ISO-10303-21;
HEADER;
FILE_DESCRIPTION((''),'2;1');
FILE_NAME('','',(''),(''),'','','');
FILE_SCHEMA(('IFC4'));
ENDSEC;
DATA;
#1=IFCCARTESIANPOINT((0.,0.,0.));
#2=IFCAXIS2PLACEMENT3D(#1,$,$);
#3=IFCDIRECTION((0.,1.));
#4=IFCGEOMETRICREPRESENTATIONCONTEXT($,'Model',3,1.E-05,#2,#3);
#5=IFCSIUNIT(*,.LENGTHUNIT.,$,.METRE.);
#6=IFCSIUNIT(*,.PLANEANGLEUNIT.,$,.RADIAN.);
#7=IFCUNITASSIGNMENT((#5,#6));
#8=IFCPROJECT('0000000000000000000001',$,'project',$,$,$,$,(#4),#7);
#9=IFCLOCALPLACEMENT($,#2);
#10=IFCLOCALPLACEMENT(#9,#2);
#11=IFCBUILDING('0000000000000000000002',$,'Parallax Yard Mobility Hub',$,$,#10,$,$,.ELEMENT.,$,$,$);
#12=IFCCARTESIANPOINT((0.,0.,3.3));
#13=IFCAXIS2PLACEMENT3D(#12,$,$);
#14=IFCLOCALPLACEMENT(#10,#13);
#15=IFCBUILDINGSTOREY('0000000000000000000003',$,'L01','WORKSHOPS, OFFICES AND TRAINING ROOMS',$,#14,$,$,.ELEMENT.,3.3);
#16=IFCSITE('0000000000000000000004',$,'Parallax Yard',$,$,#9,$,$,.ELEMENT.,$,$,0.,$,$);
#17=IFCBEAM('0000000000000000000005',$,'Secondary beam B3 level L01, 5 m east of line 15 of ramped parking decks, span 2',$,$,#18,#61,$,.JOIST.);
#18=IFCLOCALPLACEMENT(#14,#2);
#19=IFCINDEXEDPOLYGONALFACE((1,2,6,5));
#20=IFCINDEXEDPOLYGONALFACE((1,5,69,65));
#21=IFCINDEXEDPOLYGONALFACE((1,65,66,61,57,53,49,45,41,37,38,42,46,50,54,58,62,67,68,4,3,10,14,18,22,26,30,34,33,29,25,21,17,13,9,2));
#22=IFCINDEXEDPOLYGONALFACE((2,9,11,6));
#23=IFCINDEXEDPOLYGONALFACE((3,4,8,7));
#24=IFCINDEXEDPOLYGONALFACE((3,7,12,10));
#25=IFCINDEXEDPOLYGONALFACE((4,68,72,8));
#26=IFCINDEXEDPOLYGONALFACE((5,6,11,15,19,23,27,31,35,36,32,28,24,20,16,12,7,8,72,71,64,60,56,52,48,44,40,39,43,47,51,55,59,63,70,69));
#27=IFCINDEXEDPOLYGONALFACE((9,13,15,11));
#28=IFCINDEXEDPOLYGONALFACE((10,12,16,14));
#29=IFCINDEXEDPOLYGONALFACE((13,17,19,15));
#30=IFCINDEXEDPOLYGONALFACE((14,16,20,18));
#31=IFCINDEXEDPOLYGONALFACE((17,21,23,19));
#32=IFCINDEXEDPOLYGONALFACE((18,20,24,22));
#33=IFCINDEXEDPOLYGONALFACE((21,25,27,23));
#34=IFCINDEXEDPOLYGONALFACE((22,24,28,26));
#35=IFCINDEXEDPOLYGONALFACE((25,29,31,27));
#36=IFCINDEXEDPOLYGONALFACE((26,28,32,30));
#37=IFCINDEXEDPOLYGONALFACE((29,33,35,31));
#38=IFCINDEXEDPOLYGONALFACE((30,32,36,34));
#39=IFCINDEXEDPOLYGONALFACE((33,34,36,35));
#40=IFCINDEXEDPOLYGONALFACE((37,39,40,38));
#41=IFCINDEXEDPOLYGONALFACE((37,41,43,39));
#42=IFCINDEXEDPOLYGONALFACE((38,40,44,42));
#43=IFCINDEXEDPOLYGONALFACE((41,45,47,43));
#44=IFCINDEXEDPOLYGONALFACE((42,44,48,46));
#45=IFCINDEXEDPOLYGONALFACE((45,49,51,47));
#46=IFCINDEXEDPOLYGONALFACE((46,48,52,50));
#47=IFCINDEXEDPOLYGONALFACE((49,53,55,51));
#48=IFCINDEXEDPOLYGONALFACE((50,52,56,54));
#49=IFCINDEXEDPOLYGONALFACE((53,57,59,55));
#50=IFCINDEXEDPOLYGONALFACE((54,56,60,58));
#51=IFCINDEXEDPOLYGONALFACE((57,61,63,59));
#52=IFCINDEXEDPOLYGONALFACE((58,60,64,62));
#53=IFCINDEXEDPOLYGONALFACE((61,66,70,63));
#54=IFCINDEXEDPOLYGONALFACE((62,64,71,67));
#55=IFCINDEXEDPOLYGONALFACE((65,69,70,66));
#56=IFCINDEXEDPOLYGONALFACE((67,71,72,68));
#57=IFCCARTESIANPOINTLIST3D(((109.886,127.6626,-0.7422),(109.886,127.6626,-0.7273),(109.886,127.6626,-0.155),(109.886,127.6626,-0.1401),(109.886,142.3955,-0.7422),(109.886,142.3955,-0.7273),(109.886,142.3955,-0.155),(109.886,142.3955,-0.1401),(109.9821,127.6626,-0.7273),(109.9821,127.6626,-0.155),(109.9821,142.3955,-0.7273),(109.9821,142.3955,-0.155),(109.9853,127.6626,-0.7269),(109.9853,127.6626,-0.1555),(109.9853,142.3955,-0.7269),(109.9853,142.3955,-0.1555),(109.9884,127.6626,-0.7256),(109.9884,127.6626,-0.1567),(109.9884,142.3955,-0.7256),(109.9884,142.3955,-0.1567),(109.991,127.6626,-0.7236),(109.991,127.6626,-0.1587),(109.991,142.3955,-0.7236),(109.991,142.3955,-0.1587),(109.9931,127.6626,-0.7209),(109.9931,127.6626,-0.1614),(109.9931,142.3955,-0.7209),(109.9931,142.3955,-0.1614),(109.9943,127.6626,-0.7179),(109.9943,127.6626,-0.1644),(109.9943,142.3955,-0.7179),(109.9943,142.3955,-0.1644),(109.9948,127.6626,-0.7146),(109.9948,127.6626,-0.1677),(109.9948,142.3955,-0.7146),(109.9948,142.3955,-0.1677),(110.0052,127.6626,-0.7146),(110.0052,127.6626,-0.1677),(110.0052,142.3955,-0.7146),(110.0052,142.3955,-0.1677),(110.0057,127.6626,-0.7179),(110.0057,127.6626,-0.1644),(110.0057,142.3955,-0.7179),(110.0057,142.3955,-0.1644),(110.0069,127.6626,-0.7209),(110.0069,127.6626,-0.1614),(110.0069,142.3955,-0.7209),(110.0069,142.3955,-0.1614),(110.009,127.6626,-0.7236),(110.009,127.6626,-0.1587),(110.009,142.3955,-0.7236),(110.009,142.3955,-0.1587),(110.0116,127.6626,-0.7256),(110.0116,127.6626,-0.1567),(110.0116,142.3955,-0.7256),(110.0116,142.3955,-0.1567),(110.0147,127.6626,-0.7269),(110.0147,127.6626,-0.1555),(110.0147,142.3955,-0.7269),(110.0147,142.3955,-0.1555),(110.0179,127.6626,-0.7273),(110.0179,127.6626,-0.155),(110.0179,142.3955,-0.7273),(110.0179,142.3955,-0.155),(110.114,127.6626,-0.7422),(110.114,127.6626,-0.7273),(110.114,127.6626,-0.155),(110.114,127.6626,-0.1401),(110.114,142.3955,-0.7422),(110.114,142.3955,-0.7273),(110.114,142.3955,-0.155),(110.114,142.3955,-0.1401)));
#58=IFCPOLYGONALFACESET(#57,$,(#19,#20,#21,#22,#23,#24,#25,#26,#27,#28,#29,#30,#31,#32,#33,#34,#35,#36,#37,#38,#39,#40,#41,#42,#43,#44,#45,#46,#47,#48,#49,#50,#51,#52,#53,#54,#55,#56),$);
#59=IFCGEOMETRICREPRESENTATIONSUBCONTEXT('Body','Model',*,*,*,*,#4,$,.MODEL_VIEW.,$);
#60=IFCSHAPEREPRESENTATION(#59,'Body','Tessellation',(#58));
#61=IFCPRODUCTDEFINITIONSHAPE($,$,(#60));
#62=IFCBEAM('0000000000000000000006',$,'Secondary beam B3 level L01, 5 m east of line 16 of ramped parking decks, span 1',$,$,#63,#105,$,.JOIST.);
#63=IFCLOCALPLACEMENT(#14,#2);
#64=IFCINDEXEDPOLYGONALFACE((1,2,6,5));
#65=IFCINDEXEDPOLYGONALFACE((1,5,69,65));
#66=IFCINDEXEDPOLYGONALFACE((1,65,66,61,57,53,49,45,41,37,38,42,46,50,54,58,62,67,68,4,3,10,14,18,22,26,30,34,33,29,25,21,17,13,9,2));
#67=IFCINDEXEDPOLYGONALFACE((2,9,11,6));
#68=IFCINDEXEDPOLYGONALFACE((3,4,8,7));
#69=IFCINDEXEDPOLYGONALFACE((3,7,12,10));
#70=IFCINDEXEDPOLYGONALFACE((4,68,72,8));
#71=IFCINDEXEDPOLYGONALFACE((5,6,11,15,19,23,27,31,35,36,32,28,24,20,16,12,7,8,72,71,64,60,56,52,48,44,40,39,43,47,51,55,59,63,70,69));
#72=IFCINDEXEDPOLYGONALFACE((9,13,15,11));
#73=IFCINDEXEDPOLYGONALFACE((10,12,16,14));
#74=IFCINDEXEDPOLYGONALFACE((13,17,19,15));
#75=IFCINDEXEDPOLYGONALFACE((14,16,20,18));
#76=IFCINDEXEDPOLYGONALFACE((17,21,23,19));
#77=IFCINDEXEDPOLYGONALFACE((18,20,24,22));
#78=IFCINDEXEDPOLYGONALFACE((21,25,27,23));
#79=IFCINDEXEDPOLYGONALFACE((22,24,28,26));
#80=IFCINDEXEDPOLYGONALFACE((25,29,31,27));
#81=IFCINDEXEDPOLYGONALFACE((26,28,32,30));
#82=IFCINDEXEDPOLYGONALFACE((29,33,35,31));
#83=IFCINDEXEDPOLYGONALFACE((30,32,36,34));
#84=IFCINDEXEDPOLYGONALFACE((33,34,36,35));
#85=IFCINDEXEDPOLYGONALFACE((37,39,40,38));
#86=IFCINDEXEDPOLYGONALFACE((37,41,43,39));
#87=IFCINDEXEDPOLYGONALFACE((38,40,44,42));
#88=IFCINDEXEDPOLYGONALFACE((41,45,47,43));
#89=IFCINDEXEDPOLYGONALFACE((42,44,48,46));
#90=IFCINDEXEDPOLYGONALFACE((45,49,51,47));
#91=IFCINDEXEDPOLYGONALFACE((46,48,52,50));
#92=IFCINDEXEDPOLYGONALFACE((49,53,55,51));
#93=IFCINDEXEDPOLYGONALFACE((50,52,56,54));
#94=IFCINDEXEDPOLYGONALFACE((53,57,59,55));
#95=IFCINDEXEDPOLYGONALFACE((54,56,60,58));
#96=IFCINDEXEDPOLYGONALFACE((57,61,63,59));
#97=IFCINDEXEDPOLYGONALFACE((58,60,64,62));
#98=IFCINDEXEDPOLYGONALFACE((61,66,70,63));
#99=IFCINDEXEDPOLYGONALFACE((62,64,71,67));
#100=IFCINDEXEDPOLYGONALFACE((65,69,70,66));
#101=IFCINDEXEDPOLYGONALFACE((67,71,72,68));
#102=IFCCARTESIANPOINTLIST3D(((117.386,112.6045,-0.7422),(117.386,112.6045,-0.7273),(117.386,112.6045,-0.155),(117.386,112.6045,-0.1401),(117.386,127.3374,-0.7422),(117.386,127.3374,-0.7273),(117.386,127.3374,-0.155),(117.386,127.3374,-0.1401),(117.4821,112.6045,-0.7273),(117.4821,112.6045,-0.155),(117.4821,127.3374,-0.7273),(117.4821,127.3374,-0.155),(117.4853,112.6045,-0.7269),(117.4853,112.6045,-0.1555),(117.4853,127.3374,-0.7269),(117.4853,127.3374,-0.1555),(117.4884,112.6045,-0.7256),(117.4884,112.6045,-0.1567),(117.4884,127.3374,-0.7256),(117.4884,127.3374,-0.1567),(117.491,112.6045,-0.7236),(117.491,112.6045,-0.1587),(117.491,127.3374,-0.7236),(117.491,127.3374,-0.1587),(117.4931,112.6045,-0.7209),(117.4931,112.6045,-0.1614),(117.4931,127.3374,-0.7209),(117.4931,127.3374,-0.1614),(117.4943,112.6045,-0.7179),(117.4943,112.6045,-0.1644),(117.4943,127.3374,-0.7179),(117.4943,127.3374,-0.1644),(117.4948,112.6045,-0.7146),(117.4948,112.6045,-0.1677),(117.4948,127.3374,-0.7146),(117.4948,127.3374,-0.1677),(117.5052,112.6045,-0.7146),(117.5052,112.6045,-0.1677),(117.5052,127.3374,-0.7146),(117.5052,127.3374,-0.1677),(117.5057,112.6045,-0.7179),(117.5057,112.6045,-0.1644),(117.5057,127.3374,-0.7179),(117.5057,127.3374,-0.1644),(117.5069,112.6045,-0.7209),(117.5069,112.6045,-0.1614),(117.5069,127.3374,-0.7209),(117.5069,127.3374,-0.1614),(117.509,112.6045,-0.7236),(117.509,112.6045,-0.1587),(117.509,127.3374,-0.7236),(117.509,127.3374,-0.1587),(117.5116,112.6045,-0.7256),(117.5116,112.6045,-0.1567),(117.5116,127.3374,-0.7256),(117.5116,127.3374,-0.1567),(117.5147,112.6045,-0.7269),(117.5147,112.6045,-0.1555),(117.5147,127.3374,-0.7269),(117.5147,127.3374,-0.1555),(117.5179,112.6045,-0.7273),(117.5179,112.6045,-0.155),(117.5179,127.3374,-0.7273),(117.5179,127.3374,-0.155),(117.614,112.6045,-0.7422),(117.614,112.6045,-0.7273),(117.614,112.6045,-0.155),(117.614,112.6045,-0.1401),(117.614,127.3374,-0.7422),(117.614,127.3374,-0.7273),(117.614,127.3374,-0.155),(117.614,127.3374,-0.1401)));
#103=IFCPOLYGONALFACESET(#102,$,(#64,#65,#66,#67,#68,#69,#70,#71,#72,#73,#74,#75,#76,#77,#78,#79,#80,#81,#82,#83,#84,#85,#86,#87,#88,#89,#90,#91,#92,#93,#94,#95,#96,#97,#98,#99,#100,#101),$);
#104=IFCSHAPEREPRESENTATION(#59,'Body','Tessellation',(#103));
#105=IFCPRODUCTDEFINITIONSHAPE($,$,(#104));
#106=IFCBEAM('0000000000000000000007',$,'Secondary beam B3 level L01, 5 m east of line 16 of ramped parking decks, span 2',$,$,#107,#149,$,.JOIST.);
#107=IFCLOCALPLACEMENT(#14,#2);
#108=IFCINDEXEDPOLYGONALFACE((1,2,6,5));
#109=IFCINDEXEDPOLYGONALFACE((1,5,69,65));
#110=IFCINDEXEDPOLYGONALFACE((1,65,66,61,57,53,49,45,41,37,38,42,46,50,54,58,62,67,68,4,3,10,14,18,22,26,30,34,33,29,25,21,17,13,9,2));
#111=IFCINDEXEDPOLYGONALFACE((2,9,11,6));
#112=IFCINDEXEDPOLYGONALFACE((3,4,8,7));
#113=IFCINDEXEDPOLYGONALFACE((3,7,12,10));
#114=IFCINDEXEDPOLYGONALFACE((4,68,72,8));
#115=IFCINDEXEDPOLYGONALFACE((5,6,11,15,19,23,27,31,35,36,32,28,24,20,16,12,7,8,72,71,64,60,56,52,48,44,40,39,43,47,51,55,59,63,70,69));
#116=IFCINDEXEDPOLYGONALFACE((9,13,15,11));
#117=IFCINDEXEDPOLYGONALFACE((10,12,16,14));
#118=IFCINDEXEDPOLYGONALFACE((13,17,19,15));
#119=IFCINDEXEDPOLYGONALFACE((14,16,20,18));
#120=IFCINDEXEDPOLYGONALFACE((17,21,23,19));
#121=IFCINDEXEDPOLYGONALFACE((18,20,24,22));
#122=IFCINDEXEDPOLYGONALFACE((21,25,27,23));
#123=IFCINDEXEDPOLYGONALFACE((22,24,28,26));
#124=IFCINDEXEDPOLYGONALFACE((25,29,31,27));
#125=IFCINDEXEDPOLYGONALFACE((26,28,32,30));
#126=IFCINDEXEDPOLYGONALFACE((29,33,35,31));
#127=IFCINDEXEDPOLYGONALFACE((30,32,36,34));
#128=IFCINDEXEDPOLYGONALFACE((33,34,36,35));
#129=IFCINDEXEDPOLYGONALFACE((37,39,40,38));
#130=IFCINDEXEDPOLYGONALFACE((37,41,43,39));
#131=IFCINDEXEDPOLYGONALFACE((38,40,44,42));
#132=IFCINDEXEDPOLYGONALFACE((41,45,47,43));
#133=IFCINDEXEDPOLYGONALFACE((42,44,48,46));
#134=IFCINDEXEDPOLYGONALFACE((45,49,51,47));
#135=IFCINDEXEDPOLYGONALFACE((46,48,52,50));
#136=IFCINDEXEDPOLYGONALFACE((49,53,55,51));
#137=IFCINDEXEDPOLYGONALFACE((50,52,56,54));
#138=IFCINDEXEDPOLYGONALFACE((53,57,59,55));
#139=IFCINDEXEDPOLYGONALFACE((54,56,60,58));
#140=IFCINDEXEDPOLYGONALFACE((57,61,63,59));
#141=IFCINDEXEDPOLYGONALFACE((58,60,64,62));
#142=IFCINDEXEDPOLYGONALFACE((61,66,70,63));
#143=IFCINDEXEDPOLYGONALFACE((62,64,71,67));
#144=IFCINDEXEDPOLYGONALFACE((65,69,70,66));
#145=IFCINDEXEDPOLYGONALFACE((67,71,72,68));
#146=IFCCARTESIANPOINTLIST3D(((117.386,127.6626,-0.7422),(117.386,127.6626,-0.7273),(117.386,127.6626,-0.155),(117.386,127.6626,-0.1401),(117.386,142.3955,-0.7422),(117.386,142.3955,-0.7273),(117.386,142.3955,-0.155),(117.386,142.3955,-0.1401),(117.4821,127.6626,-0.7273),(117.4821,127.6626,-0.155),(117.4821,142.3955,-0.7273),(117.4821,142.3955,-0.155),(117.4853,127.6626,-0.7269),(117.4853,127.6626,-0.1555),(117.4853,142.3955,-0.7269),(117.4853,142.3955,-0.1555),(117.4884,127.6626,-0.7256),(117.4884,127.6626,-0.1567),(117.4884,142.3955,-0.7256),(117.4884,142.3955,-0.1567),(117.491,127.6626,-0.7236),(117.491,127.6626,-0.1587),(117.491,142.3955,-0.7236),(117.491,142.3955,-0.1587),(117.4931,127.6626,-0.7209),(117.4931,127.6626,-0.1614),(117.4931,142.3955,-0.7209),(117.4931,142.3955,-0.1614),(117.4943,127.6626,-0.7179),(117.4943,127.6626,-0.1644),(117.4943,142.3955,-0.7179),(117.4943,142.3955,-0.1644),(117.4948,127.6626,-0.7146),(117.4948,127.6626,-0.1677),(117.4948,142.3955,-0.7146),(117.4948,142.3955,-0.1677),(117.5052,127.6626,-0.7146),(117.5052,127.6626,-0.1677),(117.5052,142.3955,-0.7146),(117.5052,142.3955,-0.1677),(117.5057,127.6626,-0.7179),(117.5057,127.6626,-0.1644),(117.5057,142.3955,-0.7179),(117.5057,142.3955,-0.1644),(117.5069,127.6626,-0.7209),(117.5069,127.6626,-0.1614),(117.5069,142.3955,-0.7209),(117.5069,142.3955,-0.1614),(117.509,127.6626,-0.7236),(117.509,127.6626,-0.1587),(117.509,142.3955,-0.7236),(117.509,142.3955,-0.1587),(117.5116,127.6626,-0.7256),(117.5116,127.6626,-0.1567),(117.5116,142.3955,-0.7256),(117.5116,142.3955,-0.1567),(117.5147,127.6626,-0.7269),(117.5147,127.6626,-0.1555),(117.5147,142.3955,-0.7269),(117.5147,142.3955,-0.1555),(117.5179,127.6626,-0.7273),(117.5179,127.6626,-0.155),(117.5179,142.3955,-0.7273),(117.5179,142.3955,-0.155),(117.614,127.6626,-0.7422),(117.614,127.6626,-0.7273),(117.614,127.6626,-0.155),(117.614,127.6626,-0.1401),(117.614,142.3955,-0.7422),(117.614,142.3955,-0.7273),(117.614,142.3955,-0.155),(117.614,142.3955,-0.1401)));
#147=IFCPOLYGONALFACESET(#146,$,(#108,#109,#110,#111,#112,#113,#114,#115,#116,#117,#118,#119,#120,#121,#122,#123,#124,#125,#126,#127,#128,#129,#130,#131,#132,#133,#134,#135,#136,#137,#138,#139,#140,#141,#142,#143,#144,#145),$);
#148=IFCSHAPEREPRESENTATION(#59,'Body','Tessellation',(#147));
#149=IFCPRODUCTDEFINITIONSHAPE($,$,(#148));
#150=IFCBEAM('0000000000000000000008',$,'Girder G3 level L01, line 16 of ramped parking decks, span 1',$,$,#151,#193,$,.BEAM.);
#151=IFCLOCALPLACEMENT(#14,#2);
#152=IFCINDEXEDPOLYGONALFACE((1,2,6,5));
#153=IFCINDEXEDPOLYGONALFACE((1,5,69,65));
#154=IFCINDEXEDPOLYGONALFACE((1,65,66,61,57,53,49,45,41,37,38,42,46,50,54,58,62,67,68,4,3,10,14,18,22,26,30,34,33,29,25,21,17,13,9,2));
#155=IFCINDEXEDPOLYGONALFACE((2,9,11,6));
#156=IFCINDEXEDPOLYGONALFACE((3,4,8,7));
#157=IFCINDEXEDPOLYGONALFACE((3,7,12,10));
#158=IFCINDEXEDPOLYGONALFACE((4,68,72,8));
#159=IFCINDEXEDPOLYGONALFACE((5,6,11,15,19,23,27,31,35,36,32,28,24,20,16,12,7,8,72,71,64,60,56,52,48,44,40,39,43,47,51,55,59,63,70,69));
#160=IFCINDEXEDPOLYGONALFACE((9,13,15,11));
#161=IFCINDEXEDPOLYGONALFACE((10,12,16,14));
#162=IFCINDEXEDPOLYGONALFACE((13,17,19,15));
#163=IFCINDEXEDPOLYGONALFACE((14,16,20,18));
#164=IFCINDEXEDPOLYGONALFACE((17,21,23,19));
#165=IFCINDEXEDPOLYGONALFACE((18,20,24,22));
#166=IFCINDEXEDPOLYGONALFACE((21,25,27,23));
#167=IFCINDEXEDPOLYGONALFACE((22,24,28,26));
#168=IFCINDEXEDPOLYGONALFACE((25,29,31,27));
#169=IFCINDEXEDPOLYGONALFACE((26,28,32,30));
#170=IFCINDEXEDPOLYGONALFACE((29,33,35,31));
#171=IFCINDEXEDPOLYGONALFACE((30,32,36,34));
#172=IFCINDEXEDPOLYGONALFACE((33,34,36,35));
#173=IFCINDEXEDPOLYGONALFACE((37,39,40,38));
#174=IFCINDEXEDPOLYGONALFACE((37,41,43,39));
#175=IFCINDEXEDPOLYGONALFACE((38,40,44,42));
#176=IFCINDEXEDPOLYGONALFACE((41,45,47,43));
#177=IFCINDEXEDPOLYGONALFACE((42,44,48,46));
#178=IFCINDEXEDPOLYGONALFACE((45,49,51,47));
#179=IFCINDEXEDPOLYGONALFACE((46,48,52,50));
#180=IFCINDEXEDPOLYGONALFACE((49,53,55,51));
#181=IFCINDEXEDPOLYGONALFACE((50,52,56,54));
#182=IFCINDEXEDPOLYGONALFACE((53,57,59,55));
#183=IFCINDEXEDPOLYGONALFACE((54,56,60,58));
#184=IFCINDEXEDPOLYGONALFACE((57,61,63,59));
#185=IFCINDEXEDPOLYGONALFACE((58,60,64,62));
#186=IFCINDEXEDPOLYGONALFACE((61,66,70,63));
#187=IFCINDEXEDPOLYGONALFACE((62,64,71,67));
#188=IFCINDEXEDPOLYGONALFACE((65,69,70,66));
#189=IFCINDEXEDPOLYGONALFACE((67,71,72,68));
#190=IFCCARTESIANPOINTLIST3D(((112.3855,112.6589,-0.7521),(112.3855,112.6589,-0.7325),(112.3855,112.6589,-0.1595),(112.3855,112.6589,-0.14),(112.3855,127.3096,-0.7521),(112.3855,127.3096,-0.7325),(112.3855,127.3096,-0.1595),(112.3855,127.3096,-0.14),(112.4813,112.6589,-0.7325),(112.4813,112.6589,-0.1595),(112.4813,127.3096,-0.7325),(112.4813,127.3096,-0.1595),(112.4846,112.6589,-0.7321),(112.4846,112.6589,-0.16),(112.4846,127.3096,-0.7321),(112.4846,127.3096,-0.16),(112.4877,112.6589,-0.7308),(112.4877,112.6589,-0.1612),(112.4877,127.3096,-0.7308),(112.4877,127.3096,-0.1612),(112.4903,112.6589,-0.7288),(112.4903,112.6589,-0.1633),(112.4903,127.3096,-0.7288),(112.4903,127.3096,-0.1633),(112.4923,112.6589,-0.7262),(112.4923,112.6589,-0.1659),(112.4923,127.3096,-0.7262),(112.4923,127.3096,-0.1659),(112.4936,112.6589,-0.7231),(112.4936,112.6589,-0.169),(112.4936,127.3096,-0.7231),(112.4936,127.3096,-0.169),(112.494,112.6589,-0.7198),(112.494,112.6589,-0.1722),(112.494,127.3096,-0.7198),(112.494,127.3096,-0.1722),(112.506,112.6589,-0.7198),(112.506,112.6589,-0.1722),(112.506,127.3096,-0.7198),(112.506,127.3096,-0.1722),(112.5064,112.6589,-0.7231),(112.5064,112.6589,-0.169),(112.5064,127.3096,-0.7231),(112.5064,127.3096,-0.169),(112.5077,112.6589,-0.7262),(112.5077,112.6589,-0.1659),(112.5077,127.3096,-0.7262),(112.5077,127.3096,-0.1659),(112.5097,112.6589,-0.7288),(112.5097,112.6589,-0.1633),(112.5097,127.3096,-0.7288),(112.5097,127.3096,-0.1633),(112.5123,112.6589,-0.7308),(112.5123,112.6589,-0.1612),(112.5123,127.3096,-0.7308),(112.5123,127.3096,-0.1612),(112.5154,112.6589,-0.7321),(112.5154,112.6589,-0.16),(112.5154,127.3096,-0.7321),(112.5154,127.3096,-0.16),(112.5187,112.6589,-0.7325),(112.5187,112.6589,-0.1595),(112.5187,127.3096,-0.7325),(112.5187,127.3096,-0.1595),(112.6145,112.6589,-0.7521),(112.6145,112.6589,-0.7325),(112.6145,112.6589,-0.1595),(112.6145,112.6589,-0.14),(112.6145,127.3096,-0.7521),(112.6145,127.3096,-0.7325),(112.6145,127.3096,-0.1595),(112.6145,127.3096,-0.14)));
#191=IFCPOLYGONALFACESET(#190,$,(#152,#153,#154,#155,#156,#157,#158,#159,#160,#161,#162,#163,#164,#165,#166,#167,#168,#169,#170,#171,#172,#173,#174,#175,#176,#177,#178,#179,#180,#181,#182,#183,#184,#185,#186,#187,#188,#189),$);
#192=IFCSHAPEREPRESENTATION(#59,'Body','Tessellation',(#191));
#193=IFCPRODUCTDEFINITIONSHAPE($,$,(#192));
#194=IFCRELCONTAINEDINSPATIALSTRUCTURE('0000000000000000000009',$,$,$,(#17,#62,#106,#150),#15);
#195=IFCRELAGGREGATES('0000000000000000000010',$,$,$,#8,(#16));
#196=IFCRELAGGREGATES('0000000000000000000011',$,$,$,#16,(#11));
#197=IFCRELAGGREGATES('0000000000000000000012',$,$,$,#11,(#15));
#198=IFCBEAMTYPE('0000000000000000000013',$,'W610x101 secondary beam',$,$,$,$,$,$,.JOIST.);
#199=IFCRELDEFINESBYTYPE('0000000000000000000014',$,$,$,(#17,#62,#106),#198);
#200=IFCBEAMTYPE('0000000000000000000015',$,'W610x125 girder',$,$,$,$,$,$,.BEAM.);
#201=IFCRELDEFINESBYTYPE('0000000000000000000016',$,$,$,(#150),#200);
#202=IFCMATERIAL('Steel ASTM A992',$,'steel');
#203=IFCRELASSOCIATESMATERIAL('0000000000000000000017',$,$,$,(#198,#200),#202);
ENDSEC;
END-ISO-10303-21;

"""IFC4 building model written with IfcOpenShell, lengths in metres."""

from ifc_helpers import new_model, si_unit, direction, frame, origin, origin_2d, place, context, subcontext, project, spatial, i_section, extrude, material, material_profile, profile_set, type_object, element, save


model = new_model("IFC4")

# Units and contexts
model_context = context("Model", 3, precision=1e-05, world=origin(), true_north=direction((0.0, 1.0)))
body_context = subcontext(model_context, "Body", "Model", "MODEL_VIEW")
ifc_project = project(units=[si_unit("LENGTHUNIT", "METRE"), si_unit("PLANEANGLEUNIT", "RADIAN")], contexts=[model_context])

# Site, building, storey
site_placement = place(None, origin())
site = spatial("IfcSite", under=ifc_project, at=site_placement, Name="Parallax Yard", CompositionType="ELEMENT", RefElevation=0.0)
building_placement = place(site_placement, origin())
building = spatial("IfcBuilding", under=site, at=building_placement, Name="Parallax Yard Mobility Hub", CompositionType="ELEMENT")
storey_placement = place(building_placement, frame((0.0, 0.0, 3.3)))
storey = spatial("IfcBuildingStorey", under=building, at=storey_placement, Name="L01", Description="WORKSHOPS, OFFICES AND TRAINING ROOMS", CompositionType="ELEMENT", Elevation=3.3)

# Shared definitions
ifc_material_1 = material(Name="Steel ASTM A992", Category="steel")

# Beams
ifc_material_profile_1 = material_profile(ifc_material_1, i_section(OverallWidth=0.228, OverallDepth=0.6021, WebThickness=0.0105, FlangeThickness=0.0149, FilletRadius=0.0127, at=origin_2d()), Name="W610x101")
ifc_profile_set_1 = profile_set([ifc_material_profile_1], Name="Steel ASTM A992")
beam_type_1 = type_object("IfcBeamType", Name="W610x101 secondary beam", PredefinedType="JOIST", material=ifc_profile_set_1)
for number, where, z_axis, x_axis, name in (
    (1, (110.0, 127.6626, -0.4412), (0.0, 1.0, 0.0), (-1.0, 0.0, 0.0), "Secondary beam B3 level L01, 5 m east of line 15 of ramped parking decks, span 2"),
    (2, (117.5, 112.6045, -0.4412), (0.0, 1.0, 0.0), (-1.0, 0.0, 0.0), "Secondary beam B3 level L01, 5 m east of line 16 of ramped parking decks, span 1"),
    (3, (117.5, 127.6626, -0.4412), (0.0, 1.0, 0.0), (-1.0, 0.0, 0.0), "Secondary beam B3 level L01, 5 m east of line 16 of ramped parking decks, span 2"),
):
    element("IfcBeam", number, at=place(storey_placement, frame(where, z_axis=z_axis, x_axis=x_axis)), inside=storey, type_object=beam_type_1, Name=name, PredefinedType="JOIST", context=body_context, shape_type="SweptSolid", body=[
        extrude(i_section(OverallWidth=0.228, OverallDepth=0.6021, WebThickness=0.0105, FlangeThickness=0.0149, FilletRadius=0.0127, at=origin_2d()), origin(), (0.0, 0.0, 1.0), 14.7329),
    ])
ifc_material_profile_2 = material_profile(ifc_material_1, i_section(OverallWidth=0.229, OverallDepth=0.6121, WebThickness=0.012, FlangeThickness=0.0195, FilletRadius=0.0127, at=origin_2d()), Name="W610x125")
ifc_profile_set_2 = profile_set([ifc_material_profile_2], Name="Steel ASTM A992")
beam_type_2 = type_object("IfcBeamType", Name="W610x125 girder", PredefinedType="BEAM", material=ifc_profile_set_2)
for number, where, z_axis, x_axis, name in (
    (4, (112.5, 112.6589, -0.446), (0.0, 1.0, 0.0), (-1.0, 0.0, 0.0), "Girder G3 level L01, line 16 of ramped parking decks, span 1"),
):
    element("IfcBeam", number, at=place(storey_placement, frame(where, z_axis=z_axis, x_axis=x_axis)), inside=storey, type_object=beam_type_2, Name=name, PredefinedType="BEAM", context=body_context, shape_type="SweptSolid", body=[
        extrude(i_section(OverallWidth=0.229, OverallDepth=0.6121, WebThickness=0.012, FlangeThickness=0.0195, FilletRadius=0.0127, at=origin_2d()), origin(), (0.0, 0.0, 1.0), 14.6506),
    ])

save(model, "model.ifc")
